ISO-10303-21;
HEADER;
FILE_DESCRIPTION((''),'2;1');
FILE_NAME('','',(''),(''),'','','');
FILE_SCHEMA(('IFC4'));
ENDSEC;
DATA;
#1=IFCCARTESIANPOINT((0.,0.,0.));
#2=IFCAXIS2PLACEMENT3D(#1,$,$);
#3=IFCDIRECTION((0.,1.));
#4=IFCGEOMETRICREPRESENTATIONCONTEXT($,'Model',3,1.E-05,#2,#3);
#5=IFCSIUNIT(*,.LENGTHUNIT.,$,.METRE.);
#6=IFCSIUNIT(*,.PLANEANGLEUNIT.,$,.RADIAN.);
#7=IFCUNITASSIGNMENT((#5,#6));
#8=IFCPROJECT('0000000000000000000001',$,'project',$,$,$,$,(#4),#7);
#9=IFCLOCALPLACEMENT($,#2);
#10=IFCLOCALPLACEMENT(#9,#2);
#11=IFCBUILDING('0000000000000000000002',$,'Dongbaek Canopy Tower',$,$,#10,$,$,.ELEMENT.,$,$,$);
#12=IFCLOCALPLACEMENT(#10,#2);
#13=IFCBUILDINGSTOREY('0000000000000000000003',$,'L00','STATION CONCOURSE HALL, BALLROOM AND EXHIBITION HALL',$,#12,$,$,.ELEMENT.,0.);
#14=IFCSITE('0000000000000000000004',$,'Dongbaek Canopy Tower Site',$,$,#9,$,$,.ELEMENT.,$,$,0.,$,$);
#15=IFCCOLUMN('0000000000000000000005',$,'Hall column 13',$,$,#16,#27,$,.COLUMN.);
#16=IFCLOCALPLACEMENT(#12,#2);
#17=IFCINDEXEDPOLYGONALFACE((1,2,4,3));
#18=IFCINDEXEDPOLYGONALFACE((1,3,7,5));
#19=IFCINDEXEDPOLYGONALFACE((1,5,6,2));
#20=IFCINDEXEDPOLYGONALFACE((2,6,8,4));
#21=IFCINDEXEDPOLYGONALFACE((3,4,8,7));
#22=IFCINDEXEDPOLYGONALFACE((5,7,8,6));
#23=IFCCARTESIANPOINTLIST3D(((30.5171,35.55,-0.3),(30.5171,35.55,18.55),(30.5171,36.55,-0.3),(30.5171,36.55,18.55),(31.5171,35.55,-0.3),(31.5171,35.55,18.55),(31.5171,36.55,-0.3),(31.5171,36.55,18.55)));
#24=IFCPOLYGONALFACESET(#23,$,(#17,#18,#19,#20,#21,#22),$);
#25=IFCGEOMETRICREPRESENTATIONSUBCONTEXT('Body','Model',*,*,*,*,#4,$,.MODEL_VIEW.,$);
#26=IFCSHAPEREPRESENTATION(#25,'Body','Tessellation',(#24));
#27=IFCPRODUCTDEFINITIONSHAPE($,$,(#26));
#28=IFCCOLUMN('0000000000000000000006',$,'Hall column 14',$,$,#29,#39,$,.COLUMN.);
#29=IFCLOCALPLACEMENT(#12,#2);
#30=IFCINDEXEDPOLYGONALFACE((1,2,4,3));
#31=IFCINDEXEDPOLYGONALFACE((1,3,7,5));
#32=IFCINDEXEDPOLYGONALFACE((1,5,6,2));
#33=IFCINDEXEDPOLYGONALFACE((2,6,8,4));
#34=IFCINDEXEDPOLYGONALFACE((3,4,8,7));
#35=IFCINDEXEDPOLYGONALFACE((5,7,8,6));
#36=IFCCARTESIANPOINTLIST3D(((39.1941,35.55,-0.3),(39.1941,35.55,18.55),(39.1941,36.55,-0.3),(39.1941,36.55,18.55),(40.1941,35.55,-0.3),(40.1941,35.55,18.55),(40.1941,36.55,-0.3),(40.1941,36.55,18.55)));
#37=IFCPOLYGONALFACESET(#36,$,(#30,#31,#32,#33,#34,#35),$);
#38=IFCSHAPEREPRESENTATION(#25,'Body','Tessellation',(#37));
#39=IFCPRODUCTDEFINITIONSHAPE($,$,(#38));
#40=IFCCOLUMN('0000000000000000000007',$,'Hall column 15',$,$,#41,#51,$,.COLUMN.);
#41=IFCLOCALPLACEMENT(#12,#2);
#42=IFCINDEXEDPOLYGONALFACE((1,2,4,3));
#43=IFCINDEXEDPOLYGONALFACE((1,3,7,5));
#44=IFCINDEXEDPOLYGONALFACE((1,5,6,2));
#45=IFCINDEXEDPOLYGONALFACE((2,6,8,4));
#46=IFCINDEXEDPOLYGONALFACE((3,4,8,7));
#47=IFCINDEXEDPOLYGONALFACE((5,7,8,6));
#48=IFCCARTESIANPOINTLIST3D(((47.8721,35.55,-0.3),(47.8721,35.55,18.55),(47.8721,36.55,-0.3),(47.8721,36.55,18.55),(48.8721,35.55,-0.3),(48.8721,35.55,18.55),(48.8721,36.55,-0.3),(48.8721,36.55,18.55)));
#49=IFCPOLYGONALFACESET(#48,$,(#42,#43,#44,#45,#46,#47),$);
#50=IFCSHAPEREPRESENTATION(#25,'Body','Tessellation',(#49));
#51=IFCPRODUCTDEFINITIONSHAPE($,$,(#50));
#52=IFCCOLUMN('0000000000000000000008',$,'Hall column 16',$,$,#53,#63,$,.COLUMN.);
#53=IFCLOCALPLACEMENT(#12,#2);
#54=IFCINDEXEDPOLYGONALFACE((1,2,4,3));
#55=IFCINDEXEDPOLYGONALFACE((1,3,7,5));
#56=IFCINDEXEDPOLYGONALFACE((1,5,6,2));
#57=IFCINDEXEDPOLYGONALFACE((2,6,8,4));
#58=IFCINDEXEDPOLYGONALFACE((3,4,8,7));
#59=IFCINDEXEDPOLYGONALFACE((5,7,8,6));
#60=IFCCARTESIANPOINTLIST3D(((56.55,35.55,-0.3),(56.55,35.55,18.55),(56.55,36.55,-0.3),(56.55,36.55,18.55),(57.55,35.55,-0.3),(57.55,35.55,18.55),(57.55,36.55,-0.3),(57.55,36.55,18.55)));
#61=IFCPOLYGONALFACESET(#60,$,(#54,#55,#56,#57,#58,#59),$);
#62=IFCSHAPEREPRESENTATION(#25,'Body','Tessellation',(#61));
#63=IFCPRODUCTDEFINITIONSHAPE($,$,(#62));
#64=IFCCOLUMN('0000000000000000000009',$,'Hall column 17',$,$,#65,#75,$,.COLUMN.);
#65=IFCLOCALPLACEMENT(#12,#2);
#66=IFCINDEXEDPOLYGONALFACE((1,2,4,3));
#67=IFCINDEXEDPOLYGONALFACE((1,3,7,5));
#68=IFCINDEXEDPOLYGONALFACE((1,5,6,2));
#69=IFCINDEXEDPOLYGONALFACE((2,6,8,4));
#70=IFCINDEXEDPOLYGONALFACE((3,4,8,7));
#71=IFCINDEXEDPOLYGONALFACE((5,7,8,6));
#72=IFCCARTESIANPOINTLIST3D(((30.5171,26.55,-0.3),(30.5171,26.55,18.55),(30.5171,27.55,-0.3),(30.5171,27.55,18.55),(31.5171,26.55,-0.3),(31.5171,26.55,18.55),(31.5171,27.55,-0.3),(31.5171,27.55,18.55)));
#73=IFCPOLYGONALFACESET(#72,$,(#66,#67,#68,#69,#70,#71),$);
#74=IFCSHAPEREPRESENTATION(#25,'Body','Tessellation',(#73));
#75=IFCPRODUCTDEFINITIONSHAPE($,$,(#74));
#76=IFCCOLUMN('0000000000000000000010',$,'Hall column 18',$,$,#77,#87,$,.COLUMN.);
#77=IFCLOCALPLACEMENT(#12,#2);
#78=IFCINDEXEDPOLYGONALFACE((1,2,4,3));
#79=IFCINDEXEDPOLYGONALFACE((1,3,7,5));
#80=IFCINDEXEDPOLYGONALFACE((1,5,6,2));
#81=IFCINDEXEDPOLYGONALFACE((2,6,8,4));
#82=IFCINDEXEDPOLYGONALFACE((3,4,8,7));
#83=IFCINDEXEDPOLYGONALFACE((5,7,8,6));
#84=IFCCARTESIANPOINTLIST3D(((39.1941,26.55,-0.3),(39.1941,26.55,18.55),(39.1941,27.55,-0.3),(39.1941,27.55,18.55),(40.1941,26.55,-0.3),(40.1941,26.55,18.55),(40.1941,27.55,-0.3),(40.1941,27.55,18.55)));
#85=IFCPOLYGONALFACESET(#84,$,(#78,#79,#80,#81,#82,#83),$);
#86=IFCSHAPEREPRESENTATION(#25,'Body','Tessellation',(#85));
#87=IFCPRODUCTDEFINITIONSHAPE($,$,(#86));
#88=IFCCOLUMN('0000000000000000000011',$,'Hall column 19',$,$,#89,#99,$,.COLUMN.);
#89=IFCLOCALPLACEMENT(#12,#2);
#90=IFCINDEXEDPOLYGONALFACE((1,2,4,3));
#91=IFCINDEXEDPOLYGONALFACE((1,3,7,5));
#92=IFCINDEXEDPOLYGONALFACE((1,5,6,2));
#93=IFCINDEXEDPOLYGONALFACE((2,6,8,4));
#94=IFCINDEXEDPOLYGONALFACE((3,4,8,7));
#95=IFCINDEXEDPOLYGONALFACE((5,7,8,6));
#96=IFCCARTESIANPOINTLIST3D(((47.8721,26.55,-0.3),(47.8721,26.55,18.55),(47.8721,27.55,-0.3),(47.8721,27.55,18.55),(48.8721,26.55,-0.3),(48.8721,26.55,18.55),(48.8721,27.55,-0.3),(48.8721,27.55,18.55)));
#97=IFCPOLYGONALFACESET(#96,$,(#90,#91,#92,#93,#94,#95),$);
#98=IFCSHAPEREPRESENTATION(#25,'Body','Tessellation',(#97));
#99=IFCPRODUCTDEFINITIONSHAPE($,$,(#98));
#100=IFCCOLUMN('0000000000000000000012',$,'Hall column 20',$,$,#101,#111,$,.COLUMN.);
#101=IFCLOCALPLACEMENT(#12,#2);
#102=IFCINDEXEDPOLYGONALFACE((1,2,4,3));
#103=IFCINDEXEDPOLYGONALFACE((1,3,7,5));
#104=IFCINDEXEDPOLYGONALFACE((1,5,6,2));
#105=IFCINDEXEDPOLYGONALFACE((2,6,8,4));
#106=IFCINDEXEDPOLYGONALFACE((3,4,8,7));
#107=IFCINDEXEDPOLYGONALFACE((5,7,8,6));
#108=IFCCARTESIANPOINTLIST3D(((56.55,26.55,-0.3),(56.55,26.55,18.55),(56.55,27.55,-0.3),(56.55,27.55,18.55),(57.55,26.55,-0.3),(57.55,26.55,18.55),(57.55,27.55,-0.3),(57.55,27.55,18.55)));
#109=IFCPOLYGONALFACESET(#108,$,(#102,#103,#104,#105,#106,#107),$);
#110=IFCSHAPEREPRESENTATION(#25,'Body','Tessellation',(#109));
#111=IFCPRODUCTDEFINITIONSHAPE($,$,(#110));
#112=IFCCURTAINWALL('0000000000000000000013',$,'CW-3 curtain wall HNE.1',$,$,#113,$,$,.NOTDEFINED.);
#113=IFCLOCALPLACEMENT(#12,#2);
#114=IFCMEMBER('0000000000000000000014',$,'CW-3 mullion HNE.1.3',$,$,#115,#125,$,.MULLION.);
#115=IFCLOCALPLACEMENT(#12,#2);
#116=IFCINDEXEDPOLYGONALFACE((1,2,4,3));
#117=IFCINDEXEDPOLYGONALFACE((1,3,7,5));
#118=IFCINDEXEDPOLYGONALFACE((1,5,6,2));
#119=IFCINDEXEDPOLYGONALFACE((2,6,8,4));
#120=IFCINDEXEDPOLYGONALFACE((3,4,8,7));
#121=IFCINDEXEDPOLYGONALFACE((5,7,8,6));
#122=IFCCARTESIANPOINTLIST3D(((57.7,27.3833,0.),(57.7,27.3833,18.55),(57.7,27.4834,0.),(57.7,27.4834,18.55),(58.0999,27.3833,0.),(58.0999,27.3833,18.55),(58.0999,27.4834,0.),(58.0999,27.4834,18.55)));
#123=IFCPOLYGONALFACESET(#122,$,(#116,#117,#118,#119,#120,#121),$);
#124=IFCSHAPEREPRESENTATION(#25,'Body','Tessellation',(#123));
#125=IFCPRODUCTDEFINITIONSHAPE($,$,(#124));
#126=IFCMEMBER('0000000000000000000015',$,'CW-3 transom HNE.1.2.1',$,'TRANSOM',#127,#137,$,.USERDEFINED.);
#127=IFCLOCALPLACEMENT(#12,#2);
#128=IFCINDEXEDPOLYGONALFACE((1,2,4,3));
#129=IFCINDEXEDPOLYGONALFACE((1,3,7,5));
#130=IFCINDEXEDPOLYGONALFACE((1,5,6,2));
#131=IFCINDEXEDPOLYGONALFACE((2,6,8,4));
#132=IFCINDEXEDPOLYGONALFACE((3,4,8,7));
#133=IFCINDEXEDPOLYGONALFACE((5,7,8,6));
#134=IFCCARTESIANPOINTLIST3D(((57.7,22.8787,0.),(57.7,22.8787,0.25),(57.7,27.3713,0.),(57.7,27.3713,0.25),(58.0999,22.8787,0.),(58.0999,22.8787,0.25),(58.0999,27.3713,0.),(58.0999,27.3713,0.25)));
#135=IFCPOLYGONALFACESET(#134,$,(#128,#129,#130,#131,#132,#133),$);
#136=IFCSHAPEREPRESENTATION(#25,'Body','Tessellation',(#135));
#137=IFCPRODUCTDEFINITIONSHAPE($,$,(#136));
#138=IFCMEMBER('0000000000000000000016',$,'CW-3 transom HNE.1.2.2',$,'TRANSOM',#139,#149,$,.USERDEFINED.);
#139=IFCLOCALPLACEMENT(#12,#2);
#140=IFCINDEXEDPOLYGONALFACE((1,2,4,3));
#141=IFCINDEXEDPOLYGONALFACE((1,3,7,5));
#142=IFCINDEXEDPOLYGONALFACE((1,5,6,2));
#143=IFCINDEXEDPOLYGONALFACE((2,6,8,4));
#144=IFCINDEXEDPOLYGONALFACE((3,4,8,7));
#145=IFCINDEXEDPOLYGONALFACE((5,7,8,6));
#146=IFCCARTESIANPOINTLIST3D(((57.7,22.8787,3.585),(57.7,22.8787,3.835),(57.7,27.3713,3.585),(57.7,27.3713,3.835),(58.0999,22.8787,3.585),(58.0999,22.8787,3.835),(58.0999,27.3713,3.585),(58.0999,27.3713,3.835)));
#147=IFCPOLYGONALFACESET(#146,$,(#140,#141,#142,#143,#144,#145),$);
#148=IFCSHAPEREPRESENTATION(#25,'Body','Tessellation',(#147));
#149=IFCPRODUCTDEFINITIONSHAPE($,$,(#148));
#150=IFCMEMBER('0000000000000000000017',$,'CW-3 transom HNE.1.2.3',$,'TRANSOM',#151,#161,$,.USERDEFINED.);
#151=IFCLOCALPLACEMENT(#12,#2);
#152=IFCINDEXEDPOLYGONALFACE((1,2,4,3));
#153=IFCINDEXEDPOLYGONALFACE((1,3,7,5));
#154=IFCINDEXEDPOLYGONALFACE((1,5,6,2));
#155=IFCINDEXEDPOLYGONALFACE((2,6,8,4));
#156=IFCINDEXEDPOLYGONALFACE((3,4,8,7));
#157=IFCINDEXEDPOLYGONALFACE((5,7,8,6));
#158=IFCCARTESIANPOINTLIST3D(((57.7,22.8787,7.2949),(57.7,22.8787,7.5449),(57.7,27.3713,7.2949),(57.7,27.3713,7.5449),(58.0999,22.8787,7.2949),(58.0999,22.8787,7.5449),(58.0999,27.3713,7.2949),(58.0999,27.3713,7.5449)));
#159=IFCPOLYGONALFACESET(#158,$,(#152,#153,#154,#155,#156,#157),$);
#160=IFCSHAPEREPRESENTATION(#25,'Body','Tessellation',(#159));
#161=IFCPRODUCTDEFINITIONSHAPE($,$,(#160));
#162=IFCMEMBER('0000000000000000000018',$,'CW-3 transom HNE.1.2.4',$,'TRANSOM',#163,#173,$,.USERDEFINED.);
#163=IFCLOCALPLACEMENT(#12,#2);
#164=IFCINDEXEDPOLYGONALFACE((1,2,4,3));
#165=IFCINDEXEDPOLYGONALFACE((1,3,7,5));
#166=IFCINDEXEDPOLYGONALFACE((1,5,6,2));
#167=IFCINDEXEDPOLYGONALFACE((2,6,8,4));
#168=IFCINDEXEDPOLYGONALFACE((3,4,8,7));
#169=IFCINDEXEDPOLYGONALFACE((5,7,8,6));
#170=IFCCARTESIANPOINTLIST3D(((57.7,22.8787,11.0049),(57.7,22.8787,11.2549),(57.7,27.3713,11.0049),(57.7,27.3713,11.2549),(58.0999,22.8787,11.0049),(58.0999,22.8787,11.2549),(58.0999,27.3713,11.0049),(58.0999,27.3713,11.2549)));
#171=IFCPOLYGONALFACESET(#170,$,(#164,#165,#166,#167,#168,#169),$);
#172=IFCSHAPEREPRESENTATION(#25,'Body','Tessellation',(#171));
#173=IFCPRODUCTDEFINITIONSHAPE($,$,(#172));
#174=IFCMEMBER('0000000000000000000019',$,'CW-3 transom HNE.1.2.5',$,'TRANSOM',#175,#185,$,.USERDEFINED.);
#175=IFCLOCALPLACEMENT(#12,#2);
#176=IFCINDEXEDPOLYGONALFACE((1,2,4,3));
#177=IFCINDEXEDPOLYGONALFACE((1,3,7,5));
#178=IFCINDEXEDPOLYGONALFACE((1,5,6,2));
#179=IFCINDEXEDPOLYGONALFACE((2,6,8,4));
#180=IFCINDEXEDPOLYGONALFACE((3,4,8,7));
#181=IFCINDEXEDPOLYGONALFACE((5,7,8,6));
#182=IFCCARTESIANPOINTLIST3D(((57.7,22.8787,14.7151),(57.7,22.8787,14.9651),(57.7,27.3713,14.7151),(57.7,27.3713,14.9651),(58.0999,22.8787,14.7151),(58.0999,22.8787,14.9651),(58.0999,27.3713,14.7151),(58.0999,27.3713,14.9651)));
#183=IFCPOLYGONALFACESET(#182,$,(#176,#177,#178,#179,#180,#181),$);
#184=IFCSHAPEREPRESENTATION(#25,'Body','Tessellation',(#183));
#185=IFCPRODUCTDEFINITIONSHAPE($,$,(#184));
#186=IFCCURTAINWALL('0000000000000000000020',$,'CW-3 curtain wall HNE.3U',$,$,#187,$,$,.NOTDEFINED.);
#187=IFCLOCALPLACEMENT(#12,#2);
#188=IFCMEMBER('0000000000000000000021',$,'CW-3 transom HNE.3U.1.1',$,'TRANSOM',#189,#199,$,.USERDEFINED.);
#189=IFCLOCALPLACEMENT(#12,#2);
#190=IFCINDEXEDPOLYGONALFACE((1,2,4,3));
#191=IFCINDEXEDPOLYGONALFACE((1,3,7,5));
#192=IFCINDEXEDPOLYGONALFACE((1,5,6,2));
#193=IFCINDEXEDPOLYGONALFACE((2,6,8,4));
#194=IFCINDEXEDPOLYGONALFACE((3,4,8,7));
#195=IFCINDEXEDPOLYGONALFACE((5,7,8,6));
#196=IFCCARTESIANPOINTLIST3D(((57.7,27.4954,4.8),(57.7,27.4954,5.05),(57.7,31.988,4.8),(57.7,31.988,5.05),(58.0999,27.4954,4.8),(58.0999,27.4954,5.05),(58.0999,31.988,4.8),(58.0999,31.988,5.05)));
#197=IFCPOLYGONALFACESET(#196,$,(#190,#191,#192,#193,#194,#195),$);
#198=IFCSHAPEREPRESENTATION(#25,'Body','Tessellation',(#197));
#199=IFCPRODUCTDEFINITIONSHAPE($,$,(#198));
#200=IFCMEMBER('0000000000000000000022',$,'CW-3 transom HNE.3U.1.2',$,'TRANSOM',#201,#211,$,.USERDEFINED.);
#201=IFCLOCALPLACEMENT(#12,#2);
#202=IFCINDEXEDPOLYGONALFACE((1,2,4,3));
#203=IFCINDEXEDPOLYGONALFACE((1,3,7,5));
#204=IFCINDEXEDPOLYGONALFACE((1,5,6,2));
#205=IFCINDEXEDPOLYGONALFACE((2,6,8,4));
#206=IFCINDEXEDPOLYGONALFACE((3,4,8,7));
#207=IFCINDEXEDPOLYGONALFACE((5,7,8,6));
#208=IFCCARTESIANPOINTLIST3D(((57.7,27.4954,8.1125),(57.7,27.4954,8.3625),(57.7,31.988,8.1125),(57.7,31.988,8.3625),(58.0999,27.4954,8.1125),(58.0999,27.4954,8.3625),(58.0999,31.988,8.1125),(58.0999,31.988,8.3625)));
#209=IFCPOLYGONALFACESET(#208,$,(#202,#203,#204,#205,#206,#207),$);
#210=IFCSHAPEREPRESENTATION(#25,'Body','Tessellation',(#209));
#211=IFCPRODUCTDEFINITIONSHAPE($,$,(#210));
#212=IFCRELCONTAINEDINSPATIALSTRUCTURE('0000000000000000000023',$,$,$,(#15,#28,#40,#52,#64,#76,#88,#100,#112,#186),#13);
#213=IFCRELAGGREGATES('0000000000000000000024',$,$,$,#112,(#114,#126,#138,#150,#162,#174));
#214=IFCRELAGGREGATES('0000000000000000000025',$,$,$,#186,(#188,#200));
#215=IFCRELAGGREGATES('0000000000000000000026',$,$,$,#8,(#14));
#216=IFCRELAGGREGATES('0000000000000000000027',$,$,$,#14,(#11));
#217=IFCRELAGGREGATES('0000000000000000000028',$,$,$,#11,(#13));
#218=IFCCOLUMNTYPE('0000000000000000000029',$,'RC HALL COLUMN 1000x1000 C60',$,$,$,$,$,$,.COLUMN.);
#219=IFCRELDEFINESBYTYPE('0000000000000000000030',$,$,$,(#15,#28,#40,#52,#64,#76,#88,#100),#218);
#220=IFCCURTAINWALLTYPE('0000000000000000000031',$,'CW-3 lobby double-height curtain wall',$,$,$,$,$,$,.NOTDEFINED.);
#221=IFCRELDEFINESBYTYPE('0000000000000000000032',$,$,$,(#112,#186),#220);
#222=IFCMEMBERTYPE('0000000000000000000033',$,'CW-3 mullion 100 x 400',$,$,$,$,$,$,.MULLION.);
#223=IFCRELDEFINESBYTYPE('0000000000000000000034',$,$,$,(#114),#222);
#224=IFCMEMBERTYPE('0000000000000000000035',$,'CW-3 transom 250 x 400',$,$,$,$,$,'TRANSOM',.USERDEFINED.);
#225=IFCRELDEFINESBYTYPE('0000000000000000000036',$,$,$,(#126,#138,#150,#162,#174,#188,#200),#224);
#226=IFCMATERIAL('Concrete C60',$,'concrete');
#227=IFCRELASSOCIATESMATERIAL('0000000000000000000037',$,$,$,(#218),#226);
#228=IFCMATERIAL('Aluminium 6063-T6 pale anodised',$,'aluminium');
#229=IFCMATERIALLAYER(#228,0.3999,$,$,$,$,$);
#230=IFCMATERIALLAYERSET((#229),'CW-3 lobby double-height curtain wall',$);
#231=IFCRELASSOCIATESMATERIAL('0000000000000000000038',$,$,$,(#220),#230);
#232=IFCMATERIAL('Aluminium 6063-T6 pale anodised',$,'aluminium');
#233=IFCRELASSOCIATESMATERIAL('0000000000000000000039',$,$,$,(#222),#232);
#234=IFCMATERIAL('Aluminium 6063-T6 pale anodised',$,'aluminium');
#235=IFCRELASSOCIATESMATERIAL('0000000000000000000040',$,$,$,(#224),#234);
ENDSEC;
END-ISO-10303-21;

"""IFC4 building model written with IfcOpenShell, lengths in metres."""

from ifc_helpers import new_model, si_unit, direction, frame, origin, origin_2d, place, context, subcontext, project, spatial, rectangle, extrude, material, layer, layer_set, material_profile, profile_set, type_object, element, aggregate, save


model = new_model("IFC4")

# Units and contexts
model_context = context("Model", 3, precision=1e-05, world=origin(), true_north=direction((0.0, 1.0)))
body_context = subcontext(model_context, "Body", "Model", "MODEL_VIEW")
ifc_project = project(units=[si_unit("LENGTHUNIT", "METRE"), si_unit("PLANEANGLEUNIT", "RADIAN")], contexts=[model_context])

# Site, building, storey
site_placement = place(None, origin())
site = spatial("IfcSite", under=ifc_project, at=site_placement, Name="Dongbaek Canopy Tower Site", CompositionType="ELEMENT", RefElevation=0.0)
building_placement = place(site_placement, origin())
building = spatial("IfcBuilding", under=site, at=building_placement, Name="Dongbaek Canopy Tower", CompositionType="ELEMENT")
storey_placement = place(building_placement, origin())
storey = spatial("IfcBuildingStorey", under=building, at=storey_placement, Name="L00", Description="STATION CONCOURSE HALL, BALLROOM AND EXHIBITION HALL", CompositionType="ELEMENT", Elevation=0.0)

# Columns
ifc_material_1 = material(Name="Concrete C60", Category="concrete")
ifc_material_profile_1 = material_profile(ifc_material_1, rectangle(XDim=1.0, YDim=1.0, at=origin_2d()), Name="RC HALL COLUMN 1000x1000 C60")
ifc_profile_set_1 = profile_set([ifc_material_profile_1], Name="Concrete C60")
column_type = type_object("IfcColumnType", Name="RC HALL COLUMN 1000x1000 C60", PredefinedType="COLUMN", material=ifc_profile_set_1)
for number, where, z_axis, x_axis, name in (
    (1, (31.0171, 36.05, -0.3), (0.0, 0.0, 1.0), (1.0, 0.0, 0.0), "Hall column 13"),
    (2, (39.6941, 36.05, -0.3), (0.0, 0.0, 1.0), (1.0, 0.0, 0.0), "Hall column 14"),
    (3, (48.3721, 36.05, -0.3), (0.0, 0.0, 1.0), (1.0, 0.0, 0.0), "Hall column 15"),
    (4, (57.05, 36.05, -0.3), (0.0, 0.0, 1.0), (1.0, 0.0, 0.0), "Hall column 16"),
    (5, (31.0171, 27.05, -0.3), (0.0, 0.0, 1.0), (1.0, 0.0, 0.0), "Hall column 17"),
    (6, (39.6941, 27.05, -0.3), (0.0, 0.0, 1.0), (1.0, 0.0, 0.0), "Hall column 18"),
    (7, (48.3721, 27.05, -0.3), (0.0, 0.0, 1.0), (1.0, 0.0, 0.0), "Hall column 19"),
    (8, (57.05, 27.05, -0.3), (0.0, 0.0, 1.0), (1.0, 0.0, 0.0), "Hall column 20"),
):
    element("IfcColumn", number, at=place(storey_placement, frame(where, z_axis=z_axis, x_axis=x_axis)), inside=storey, type_object=column_type, Name=name, PredefinedType="COLUMN", context=body_context, shape_type="SweptSolid", body=[
        extrude(rectangle(XDim=1.0, YDim=1.0, at=origin_2d()), origin(), (0.0, 0.0, 1.0), 18.8501),
    ])

# Curtain walls, members
ifc_material_2 = material(Name="Aluminium 6063-T6 pale anodised", Category="aluminium")
ifc_layer_1 = layer(ifc_material_2, 0.3999)
ifc_layer_set_1 = layer_set([ifc_layer_1], Name="CW-3 lobby double-height curtain wall")
curtain_wall_type = type_object("IfcCurtainWallType", Name="CW-3 lobby double-height curtain wall", PredefinedType="NOTDEFINED", material=ifc_layer_set_1)
curtain_wall_1_placement = place(storey_placement, origin())
curtain_wall_1 = element("IfcCurtainWall", 9, at=curtain_wall_1_placement, inside=storey, type_object=curtain_wall_type, Name="CW-3 curtain wall HNE.1", PredefinedType="NOTDEFINED")
ifc_material_3 = material(Name="Aluminium 6063-T6 pale anodised", Category="aluminium")
ifc_material_profile_2 = material_profile(ifc_material_3, rectangle(XDim=0.3999, YDim=0.1001, at=origin_2d()), Name="CW-3 mullion 100 x 400")
ifc_profile_set_2 = profile_set([ifc_material_profile_2], Name="Aluminium 6063-T6 pale anodised")
member_type_1 = type_object("IfcMemberType", Name="CW-3 mullion 100 x 400", PredefinedType="MULLION", material=ifc_profile_set_2)
member_1_placement = place(storey_placement, frame((57.8999, 27.4333, 0.0), z_axis=(0.0, 0.0, 1.0), x_axis=(1.0, 0.0, 0.0)))
member_1 = element("IfcMember", 10, at=member_1_placement, type_object=member_type_1, Name="CW-3 mullion HNE.1.3", PredefinedType="MULLION", context=body_context, shape_type="SweptSolid", body=[
    extrude(rectangle(XDim=0.3999, YDim=0.1001, at=origin_2d()), origin(), (0.0, 0.0, 1.0), 18.55),
])
ifc_material_4 = material(Name="Aluminium 6063-T6 pale anodised", Category="aluminium")
ifc_material_profile_3 = material_profile(ifc_material_4, rectangle(XDim=0.3999, YDim=0.25, at=origin_2d()), Name="CW-3 transom 250 x 400")
ifc_profile_set_3 = profile_set([ifc_material_profile_3], Name="Aluminium 6063-T6 pale anodised")
member_type_2 = type_object("IfcMemberType", Name="CW-3 transom 250 x 400", ElementType="TRANSOM", PredefinedType="USERDEFINED", material=ifc_profile_set_3)
member_2_placement = place(storey_placement, frame((57.8999, 22.8787, 0.125), z_axis=(0.0, 1.0, 0.0), x_axis=(-1.0, 0.0, 0.0)))
member_2 = element("IfcMember", 11, at=member_2_placement, type_object=member_type_2, Name="CW-3 transom HNE.1.2.1", ObjectType="TRANSOM", PredefinedType="USERDEFINED", context=body_context, shape_type="SweptSolid", body=[
    extrude(rectangle(XDim=0.3999, YDim=0.25, at=origin_2d()), origin(), (0.0, 0.0, 1.0), 4.4927),
])
member_3_placement = place(storey_placement, frame((57.8999, 22.8787, 3.71), z_axis=(0.0, 1.0, 0.0), x_axis=(-1.0, 0.0, 0.0)))
member_3 = element("IfcMember", 12, at=member_3_placement, type_object=member_type_2, Name="CW-3 transom HNE.1.2.2", ObjectType="TRANSOM", PredefinedType="USERDEFINED", context=body_context, shape_type="SweptSolid", body=[
    extrude(rectangle(XDim=0.3999, YDim=0.25, at=origin_2d()), origin(), (0.0, 0.0, 1.0), 4.4927),
])
member_4_placement = place(storey_placement, frame((57.8999, 22.8787, 7.4199), z_axis=(0.0, 1.0, 0.0), x_axis=(-1.0, 0.0, 0.0)))
member_4 = element("IfcMember", 13, at=member_4_placement, type_object=member_type_2, Name="CW-3 transom HNE.1.2.3", ObjectType="TRANSOM", PredefinedType="USERDEFINED", context=body_context, shape_type="SweptSolid", body=[
    extrude(rectangle(XDim=0.3999, YDim=0.25, at=origin_2d()), origin(), (0.0, 0.0, 1.0), 4.4927),
])
member_5_placement = place(storey_placement, frame((57.8999, 22.8787, 11.1299), z_axis=(0.0, 1.0, 0.0), x_axis=(-1.0, 0.0, 0.0)))
member_5 = element("IfcMember", 14, at=member_5_placement, type_object=member_type_2, Name="CW-3 transom HNE.1.2.4", ObjectType="TRANSOM", PredefinedType="USERDEFINED", context=body_context, shape_type="SweptSolid", body=[
    extrude(rectangle(XDim=0.3999, YDim=0.25, at=origin_2d()), origin(), (0.0, 0.0, 1.0), 4.4927),
])
member_6_placement = place(storey_placement, frame((57.8999, 22.8787, 14.8401), z_axis=(0.0, 1.0, 0.0), x_axis=(-1.0, 0.0, 0.0)))
member_6 = element("IfcMember", 15, at=member_6_placement, type_object=member_type_2, Name="CW-3 transom HNE.1.2.5", ObjectType="TRANSOM", PredefinedType="USERDEFINED", context=body_context, shape_type="SweptSolid", body=[
    extrude(rectangle(XDim=0.3999, YDim=0.25, at=origin_2d()), origin(), (0.0, 0.0, 1.0), 4.4927),
])
curtain_wall_2_placement = place(storey_placement, origin())
curtain_wall_2 = element("IfcCurtainWall", 16, at=curtain_wall_2_placement, inside=storey, type_object=curtain_wall_type, Name="CW-3 curtain wall HNE.3U", PredefinedType="NOTDEFINED")
member_7_placement = place(storey_placement, frame((57.8999, 27.4954, 4.925), z_axis=(0.0, 1.0, 0.0), x_axis=(-1.0, 0.0, 0.0)))
member_7 = element("IfcMember", 17, at=member_7_placement, type_object=member_type_2, Name="CW-3 transom HNE.3U.1.1", ObjectType="TRANSOM", PredefinedType="USERDEFINED", context=body_context, shape_type="SweptSolid", body=[
    extrude(rectangle(XDim=0.3999, YDim=0.25, at=origin_2d()), origin(), (0.0, 0.0, 1.0), 4.4927),
])
member_8_placement = place(storey_placement, frame((57.8999, 27.4954, 8.2375), z_axis=(0.0, 1.0, 0.0), x_axis=(-1.0, 0.0, 0.0)))
member_8 = element("IfcMember", 18, at=member_8_placement, type_object=member_type_2, Name="CW-3 transom HNE.3U.1.2", ObjectType="TRANSOM", PredefinedType="USERDEFINED", context=body_context, shape_type="SweptSolid", body=[
    extrude(rectangle(XDim=0.3999, YDim=0.25, at=origin_2d()), origin(), (0.0, 0.0, 1.0), 4.4927),
])

aggregate(curtain_wall_1, [member_1, member_2, member_3, member_4, member_5, member_6])
aggregate(curtain_wall_2, [member_7, member_8])

save(model, "model.ifc")
